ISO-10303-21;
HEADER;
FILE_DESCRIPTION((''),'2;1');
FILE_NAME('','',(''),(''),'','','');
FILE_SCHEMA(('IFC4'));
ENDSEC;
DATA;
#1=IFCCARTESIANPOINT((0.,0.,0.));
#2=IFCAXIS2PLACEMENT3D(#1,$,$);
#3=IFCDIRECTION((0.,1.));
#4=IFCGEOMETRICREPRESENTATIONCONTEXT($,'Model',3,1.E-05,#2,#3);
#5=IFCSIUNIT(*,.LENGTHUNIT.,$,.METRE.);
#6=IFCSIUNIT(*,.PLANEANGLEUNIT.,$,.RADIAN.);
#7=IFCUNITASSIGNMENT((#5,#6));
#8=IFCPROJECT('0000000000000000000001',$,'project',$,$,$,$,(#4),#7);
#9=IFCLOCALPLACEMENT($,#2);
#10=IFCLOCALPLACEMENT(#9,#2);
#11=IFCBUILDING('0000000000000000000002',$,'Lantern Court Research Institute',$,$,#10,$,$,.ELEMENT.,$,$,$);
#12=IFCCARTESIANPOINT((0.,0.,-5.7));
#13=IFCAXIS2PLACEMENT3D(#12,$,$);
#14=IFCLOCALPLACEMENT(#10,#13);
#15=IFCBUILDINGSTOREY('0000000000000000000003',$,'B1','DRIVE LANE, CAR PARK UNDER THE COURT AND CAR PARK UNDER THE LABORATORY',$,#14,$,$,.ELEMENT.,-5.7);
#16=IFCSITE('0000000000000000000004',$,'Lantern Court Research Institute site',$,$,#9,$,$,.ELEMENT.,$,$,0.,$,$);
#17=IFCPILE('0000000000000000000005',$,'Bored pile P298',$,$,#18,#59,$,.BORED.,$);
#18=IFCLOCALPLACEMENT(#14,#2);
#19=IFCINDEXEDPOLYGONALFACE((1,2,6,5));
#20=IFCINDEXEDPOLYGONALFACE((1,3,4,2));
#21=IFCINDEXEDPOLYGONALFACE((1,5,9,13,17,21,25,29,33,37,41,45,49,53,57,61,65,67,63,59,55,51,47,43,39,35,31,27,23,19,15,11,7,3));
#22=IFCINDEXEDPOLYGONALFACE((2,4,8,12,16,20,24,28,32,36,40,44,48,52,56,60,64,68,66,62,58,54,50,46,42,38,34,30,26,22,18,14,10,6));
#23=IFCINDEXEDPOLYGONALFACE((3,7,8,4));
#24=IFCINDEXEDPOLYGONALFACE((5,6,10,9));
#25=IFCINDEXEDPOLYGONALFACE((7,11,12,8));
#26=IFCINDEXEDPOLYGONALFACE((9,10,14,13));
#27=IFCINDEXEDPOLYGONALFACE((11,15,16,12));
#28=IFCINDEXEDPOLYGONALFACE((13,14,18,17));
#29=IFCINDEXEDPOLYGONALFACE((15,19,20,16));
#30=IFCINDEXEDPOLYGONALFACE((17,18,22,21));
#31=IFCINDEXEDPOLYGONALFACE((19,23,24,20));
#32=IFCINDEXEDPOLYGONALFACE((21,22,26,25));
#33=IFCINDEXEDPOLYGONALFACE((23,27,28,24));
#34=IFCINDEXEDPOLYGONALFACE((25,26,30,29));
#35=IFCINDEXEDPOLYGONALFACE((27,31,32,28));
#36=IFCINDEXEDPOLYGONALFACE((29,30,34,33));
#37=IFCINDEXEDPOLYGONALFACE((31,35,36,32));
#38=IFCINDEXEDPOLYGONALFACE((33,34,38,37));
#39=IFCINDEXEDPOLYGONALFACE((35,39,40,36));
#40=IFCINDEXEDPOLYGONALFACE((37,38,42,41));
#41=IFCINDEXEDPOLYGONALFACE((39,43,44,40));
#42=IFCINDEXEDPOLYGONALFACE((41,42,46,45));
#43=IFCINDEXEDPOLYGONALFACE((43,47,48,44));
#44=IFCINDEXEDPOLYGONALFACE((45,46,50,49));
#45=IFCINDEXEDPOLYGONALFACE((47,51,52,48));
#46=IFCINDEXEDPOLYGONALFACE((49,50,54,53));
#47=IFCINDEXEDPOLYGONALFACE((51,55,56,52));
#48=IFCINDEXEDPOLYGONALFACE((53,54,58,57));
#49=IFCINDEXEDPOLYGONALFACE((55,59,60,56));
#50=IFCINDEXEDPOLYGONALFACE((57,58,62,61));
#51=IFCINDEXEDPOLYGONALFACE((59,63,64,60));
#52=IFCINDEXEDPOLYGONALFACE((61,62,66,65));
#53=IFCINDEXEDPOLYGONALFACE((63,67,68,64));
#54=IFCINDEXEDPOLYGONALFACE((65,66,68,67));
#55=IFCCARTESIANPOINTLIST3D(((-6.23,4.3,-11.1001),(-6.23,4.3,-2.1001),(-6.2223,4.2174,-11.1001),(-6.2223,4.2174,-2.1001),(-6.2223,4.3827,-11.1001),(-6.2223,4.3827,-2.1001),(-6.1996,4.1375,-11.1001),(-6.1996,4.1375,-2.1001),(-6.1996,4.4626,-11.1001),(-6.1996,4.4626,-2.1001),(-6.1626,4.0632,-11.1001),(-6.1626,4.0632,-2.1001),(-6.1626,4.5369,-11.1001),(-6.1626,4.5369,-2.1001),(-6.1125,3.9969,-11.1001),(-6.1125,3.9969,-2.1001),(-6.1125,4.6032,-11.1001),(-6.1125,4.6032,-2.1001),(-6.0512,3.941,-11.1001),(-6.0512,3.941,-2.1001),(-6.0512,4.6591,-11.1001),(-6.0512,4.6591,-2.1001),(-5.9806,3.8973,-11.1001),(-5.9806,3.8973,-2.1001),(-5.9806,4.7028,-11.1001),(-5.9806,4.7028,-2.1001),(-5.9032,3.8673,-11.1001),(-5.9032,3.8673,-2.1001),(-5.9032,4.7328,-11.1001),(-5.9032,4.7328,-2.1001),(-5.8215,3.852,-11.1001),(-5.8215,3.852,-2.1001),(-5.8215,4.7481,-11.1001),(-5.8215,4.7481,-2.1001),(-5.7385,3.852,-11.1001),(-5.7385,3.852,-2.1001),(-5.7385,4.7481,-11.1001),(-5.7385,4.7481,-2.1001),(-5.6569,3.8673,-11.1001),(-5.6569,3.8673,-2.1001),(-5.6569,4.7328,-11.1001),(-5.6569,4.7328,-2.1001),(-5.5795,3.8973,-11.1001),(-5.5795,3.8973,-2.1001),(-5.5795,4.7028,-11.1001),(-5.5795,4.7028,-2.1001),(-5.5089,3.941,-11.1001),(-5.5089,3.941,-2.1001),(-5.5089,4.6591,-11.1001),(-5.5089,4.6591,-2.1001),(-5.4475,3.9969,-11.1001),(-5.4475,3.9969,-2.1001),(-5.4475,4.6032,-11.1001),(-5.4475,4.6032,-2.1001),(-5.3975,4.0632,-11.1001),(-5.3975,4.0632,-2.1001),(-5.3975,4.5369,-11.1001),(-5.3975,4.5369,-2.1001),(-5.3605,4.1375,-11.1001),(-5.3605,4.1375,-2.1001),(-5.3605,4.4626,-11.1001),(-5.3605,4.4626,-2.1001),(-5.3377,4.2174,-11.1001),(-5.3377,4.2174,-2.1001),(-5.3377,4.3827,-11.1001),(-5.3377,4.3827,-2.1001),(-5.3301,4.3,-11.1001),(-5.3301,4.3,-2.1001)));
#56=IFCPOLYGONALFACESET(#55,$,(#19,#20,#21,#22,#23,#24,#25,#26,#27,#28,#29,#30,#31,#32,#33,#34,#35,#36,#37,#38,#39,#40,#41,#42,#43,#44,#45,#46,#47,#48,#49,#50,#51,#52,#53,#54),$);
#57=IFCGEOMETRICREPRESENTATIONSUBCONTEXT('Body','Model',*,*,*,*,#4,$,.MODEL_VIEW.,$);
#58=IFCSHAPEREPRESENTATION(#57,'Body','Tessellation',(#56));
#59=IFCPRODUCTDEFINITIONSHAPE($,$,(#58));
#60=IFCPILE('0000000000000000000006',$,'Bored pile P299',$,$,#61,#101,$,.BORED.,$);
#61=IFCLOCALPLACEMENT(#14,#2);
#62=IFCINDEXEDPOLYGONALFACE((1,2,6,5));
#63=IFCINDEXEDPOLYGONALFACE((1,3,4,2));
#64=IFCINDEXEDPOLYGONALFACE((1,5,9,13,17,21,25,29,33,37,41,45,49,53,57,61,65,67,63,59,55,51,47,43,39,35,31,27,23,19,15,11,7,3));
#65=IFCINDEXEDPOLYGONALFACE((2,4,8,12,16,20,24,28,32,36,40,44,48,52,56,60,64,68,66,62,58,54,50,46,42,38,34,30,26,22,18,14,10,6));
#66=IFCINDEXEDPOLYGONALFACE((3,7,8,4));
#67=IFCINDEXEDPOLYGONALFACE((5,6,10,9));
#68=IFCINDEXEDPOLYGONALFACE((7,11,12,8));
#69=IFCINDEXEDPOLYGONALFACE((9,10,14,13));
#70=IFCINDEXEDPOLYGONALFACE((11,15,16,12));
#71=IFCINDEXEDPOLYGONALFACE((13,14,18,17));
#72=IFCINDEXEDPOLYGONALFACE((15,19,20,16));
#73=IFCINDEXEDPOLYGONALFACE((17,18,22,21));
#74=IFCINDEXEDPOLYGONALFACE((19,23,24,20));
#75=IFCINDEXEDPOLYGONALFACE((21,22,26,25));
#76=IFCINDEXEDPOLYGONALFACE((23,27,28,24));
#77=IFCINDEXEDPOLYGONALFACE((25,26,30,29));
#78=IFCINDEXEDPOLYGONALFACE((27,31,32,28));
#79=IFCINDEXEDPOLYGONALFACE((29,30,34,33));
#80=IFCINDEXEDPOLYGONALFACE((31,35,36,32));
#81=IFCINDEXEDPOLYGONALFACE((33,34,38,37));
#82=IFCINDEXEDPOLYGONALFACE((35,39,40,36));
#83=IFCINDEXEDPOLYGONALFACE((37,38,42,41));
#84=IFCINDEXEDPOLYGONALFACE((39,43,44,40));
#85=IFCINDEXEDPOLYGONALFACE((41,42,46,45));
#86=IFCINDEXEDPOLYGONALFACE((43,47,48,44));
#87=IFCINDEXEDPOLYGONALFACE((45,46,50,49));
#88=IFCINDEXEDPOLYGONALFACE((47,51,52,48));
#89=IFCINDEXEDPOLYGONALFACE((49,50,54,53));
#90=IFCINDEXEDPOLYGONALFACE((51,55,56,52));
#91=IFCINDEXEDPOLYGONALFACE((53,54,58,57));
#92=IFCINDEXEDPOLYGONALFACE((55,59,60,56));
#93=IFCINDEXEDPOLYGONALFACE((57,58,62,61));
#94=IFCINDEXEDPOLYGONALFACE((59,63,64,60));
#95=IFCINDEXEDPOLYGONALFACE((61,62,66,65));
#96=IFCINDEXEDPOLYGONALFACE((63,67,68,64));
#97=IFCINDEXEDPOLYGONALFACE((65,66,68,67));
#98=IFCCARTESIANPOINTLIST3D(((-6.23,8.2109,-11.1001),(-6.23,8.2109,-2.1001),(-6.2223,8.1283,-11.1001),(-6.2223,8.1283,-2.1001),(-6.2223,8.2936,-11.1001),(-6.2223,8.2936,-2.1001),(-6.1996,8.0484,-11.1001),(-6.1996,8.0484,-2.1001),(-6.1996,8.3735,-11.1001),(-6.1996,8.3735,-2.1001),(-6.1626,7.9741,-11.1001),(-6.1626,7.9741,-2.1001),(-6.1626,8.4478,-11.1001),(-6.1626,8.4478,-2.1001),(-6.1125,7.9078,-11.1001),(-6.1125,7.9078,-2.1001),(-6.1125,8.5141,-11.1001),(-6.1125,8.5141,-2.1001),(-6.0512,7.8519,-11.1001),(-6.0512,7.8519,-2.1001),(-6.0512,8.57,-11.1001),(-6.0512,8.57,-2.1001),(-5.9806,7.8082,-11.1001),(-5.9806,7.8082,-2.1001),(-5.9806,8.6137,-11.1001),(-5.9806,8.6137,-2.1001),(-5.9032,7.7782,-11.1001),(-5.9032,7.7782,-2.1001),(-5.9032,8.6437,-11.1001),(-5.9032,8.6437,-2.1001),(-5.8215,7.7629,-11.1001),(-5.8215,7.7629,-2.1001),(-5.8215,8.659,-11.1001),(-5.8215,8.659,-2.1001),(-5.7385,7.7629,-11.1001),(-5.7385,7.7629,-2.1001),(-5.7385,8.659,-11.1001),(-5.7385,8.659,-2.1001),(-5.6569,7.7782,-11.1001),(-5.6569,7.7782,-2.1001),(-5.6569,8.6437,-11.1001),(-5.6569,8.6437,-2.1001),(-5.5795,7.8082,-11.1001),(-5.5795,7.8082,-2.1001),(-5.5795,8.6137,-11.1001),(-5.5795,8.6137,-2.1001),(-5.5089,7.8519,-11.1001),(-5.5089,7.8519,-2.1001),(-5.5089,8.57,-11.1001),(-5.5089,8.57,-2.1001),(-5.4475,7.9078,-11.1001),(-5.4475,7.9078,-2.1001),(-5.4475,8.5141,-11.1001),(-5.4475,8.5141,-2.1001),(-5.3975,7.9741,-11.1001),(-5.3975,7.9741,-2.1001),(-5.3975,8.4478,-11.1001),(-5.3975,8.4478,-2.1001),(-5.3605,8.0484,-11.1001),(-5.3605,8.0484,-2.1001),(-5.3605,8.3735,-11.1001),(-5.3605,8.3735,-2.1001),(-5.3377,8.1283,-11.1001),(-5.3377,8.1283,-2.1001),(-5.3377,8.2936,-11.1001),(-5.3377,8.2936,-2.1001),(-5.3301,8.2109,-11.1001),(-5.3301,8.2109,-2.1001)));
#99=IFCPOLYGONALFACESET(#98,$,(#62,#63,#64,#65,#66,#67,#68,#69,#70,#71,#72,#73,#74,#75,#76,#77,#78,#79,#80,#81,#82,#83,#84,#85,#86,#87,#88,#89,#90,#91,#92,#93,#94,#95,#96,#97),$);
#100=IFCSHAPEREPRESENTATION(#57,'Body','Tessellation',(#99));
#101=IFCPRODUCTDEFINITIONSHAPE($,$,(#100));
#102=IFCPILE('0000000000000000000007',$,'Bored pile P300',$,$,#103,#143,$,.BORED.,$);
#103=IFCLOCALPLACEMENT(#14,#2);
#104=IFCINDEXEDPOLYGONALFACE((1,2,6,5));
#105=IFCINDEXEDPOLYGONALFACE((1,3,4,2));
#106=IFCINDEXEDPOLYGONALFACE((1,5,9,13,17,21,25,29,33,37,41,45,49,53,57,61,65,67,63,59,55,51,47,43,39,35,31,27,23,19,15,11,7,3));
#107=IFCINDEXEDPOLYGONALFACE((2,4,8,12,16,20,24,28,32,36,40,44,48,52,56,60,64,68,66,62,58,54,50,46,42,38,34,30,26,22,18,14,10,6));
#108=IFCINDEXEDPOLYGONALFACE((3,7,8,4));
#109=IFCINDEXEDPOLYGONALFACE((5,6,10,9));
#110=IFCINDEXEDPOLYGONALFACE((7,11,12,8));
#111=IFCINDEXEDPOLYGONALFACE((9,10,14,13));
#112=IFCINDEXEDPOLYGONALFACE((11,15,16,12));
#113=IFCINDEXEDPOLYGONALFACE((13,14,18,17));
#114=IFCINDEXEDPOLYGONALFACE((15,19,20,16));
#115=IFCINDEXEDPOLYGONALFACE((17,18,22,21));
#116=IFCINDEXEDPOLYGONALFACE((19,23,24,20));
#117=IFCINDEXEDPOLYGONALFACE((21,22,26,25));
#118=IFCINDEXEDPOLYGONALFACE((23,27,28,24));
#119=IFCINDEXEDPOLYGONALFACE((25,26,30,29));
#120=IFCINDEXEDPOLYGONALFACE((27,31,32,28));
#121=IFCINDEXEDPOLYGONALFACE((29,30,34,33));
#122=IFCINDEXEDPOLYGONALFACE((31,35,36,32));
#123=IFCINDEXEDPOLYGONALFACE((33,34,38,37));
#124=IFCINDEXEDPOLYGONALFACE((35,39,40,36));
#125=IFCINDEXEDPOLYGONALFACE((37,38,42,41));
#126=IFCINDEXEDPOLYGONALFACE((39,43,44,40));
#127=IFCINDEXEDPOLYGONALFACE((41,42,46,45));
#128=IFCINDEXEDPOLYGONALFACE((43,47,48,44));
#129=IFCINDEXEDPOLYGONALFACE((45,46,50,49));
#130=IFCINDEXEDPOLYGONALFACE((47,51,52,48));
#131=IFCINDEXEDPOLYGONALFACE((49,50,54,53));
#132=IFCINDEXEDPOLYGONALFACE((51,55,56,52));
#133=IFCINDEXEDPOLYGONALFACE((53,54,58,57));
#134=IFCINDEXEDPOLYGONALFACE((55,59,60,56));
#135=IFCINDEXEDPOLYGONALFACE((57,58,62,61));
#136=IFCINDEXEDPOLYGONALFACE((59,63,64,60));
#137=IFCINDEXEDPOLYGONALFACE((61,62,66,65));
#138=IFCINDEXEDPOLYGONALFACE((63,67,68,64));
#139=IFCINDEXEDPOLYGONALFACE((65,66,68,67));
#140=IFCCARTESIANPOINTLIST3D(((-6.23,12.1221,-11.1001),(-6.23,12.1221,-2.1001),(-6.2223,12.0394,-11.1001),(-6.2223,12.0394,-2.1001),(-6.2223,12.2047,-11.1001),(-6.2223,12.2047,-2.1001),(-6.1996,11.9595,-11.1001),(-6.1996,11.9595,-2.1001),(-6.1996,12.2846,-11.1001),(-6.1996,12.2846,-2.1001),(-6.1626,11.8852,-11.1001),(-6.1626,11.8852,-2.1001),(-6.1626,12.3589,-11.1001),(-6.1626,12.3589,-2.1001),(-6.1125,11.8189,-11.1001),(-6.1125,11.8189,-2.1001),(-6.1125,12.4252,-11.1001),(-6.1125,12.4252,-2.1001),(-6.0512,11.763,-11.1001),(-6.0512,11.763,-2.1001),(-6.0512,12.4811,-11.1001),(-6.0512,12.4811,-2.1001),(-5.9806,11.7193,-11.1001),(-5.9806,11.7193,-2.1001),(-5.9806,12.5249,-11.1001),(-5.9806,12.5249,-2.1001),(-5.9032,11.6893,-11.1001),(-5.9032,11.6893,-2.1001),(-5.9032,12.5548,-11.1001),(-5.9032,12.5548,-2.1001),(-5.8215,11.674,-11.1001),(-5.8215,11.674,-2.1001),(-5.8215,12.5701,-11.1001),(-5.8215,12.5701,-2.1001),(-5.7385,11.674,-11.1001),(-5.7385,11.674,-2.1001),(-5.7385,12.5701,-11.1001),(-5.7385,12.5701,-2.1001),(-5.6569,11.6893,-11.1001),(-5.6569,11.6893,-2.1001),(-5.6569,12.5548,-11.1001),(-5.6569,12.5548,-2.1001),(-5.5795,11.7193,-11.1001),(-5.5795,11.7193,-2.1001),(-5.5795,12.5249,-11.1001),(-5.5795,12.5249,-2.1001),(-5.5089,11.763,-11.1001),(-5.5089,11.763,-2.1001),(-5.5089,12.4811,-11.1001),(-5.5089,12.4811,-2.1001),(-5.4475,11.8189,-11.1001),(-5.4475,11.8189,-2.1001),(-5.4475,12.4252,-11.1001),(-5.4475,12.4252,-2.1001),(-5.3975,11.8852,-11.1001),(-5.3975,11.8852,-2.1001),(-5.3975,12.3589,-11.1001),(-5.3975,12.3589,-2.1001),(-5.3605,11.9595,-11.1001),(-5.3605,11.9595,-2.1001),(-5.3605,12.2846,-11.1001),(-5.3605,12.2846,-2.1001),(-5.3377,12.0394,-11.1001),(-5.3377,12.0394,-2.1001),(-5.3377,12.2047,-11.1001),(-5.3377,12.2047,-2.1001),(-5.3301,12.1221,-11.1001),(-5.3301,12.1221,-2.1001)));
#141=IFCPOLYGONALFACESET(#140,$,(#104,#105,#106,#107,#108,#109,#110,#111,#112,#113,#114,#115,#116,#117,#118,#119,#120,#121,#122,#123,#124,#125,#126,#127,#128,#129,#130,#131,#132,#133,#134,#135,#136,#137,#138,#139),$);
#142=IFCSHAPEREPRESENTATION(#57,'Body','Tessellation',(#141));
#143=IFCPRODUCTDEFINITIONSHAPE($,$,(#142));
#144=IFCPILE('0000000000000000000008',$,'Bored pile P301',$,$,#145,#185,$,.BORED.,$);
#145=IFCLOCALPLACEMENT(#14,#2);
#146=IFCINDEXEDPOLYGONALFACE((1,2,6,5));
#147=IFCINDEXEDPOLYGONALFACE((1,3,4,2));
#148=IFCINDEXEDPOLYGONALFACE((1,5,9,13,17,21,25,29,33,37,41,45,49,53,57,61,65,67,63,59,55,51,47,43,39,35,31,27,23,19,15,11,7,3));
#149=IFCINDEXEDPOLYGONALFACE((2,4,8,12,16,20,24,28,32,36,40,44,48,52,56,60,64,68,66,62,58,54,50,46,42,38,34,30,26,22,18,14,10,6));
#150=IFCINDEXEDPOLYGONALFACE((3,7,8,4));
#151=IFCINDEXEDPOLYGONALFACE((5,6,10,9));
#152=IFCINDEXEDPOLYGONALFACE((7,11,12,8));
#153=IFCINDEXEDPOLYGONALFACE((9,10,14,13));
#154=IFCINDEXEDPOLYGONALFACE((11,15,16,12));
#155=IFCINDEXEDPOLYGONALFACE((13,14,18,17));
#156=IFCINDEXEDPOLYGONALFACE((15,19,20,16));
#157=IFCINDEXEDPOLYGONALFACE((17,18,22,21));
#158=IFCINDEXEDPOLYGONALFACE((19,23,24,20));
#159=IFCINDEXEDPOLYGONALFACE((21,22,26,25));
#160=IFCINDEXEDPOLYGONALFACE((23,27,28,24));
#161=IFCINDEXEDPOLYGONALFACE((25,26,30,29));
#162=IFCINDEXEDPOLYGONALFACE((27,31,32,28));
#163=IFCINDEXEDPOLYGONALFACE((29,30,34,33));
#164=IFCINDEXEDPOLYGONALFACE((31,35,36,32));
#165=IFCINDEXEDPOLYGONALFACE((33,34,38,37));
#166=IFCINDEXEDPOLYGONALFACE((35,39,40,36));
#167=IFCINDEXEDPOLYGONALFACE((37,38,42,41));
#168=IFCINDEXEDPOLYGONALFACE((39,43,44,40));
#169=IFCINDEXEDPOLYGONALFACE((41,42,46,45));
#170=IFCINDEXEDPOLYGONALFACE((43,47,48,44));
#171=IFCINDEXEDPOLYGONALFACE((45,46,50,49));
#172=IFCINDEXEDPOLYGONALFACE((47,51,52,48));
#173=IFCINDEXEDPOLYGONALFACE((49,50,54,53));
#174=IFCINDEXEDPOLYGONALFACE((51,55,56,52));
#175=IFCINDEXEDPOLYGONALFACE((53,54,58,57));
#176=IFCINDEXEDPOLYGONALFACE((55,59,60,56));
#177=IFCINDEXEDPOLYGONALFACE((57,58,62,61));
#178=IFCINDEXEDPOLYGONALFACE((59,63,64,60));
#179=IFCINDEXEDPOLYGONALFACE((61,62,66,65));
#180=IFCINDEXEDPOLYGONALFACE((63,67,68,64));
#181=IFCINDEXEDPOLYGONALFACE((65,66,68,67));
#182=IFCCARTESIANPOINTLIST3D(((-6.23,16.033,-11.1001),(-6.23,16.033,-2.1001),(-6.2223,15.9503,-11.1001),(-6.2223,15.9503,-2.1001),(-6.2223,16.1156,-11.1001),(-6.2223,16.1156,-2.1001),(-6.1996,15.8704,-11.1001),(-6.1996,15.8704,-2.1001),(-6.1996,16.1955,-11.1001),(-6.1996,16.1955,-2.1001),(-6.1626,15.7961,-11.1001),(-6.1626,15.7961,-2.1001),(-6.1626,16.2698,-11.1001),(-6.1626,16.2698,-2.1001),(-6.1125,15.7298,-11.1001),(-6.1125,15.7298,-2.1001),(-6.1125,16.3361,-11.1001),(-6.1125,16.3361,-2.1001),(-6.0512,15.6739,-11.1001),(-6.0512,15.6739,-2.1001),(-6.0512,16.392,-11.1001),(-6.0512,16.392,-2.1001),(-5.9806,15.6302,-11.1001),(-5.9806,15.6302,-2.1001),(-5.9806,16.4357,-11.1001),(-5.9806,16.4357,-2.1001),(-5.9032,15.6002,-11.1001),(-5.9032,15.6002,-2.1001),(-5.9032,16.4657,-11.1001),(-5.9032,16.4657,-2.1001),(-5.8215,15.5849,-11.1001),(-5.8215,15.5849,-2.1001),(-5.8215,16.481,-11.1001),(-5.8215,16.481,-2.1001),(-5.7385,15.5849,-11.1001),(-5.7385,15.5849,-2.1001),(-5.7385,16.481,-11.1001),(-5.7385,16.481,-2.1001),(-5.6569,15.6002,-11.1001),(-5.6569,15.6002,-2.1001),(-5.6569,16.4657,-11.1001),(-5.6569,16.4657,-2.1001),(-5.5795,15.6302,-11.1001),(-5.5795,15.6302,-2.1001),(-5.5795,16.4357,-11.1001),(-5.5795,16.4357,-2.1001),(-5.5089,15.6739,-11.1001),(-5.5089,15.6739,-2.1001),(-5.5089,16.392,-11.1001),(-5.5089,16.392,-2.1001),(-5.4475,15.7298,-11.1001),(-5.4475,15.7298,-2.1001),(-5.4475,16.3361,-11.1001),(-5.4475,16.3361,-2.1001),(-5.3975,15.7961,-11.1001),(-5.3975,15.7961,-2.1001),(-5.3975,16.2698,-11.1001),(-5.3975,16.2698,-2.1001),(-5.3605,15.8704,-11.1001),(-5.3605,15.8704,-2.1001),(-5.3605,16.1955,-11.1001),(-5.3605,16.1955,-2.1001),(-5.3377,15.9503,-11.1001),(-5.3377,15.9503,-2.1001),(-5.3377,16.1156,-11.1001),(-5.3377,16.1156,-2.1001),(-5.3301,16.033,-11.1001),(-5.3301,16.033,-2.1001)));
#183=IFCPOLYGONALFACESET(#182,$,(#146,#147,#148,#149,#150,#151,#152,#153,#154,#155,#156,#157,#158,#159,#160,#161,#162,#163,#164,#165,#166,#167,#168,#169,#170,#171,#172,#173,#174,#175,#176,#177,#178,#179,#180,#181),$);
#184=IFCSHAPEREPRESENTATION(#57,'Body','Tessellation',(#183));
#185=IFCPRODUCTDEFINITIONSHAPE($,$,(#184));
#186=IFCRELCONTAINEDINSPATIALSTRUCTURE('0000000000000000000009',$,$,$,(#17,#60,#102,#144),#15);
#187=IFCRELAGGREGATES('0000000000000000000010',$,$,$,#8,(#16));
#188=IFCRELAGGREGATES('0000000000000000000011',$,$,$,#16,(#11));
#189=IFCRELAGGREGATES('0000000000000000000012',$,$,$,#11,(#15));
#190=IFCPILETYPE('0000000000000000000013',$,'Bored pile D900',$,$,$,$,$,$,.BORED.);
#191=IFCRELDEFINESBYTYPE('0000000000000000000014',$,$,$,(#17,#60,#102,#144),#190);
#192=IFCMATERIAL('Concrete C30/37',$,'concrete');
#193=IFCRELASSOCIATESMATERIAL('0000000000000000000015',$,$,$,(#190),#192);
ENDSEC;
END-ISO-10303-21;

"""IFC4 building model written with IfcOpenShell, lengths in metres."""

from ifc_helpers import new_model, si_unit, direction, frame, origin, origin_2d, place, context, subcontext, project, spatial, circle, extrude, material, material_profile, profile_set, type_object, element, save


model = new_model("IFC4")

# Units and contexts
model_context = context("Model", 3, precision=1e-05, world=origin(), true_north=direction((0.0, 1.0)))
body_context = subcontext(model_context, "Body", "Model", "MODEL_VIEW")
ifc_project = project(units=[si_unit("LENGTHUNIT", "METRE"), si_unit("PLANEANGLEUNIT", "RADIAN")], contexts=[model_context])

# Site, building, storey
site_placement = place(None, origin())
site = spatial("IfcSite", under=ifc_project, at=site_placement, Name="Lantern Court Research Institute site", CompositionType="ELEMENT", RefElevation=0.0)
building_placement = place(site_placement, origin())
building = spatial("IfcBuilding", under=site, at=building_placement, Name="Lantern Court Research Institute", CompositionType="ELEMENT")
storey_placement = place(building_placement, frame((0.0, 0.0, -5.7)))
storey = spatial("IfcBuildingStorey", under=building, at=storey_placement, Name="B1", Description="DRIVE LANE, CAR PARK UNDER THE COURT AND CAR PARK UNDER THE LABORATORY", CompositionType="ELEMENT", Elevation=-5.7)

# Piles
ifc_material_1 = material(Name="Concrete C30/37", Category="concrete")
ifc_material_profile_1 = material_profile(ifc_material_1, circle(Radius=0.45, at=origin_2d()), Name="Bored pile D900")
ifc_profile_set_1 = profile_set([ifc_material_profile_1], Name="Concrete C30/37")
pile_type_1 = type_object("IfcPileType", Name="Bored pile D900", PredefinedType="BORED", material=ifc_profile_set_1)
for number, where, z_axis, x_axis, name in (
    (1, (-5.78, 4.3, -2.1001), (0.0, 0.0, -1.0), (1.0, 0.0, 0.0), "Bored pile P298"),
    (2, (-5.78, 8.2109, -2.1001), (0.0, 0.0, -1.0), (1.0, 0.0, 0.0), "Bored pile P299"),
    (3, (-5.78, 12.1221, -2.1001), (0.0, 0.0, -1.0), (1.0, 0.0, 0.0), "Bored pile P300"),
    (4, (-5.78, 16.033, -2.1001), (0.0, 0.0, -1.0), (1.0, 0.0, 0.0), "Bored pile P301"),
):
    element("IfcPile", number, at=place(storey_placement, frame(where, z_axis=z_axis, x_axis=x_axis)), inside=storey, type_object=pile_type_1, Name=name, PredefinedType="BORED", context=body_context, shape_type="SweptSolid", body=[
        extrude(circle(Radius=0.45, at=origin_2d()), origin(), (0.0, 0.0, 1.0), 9.0),
    ])

save(model, "model.ifc")
